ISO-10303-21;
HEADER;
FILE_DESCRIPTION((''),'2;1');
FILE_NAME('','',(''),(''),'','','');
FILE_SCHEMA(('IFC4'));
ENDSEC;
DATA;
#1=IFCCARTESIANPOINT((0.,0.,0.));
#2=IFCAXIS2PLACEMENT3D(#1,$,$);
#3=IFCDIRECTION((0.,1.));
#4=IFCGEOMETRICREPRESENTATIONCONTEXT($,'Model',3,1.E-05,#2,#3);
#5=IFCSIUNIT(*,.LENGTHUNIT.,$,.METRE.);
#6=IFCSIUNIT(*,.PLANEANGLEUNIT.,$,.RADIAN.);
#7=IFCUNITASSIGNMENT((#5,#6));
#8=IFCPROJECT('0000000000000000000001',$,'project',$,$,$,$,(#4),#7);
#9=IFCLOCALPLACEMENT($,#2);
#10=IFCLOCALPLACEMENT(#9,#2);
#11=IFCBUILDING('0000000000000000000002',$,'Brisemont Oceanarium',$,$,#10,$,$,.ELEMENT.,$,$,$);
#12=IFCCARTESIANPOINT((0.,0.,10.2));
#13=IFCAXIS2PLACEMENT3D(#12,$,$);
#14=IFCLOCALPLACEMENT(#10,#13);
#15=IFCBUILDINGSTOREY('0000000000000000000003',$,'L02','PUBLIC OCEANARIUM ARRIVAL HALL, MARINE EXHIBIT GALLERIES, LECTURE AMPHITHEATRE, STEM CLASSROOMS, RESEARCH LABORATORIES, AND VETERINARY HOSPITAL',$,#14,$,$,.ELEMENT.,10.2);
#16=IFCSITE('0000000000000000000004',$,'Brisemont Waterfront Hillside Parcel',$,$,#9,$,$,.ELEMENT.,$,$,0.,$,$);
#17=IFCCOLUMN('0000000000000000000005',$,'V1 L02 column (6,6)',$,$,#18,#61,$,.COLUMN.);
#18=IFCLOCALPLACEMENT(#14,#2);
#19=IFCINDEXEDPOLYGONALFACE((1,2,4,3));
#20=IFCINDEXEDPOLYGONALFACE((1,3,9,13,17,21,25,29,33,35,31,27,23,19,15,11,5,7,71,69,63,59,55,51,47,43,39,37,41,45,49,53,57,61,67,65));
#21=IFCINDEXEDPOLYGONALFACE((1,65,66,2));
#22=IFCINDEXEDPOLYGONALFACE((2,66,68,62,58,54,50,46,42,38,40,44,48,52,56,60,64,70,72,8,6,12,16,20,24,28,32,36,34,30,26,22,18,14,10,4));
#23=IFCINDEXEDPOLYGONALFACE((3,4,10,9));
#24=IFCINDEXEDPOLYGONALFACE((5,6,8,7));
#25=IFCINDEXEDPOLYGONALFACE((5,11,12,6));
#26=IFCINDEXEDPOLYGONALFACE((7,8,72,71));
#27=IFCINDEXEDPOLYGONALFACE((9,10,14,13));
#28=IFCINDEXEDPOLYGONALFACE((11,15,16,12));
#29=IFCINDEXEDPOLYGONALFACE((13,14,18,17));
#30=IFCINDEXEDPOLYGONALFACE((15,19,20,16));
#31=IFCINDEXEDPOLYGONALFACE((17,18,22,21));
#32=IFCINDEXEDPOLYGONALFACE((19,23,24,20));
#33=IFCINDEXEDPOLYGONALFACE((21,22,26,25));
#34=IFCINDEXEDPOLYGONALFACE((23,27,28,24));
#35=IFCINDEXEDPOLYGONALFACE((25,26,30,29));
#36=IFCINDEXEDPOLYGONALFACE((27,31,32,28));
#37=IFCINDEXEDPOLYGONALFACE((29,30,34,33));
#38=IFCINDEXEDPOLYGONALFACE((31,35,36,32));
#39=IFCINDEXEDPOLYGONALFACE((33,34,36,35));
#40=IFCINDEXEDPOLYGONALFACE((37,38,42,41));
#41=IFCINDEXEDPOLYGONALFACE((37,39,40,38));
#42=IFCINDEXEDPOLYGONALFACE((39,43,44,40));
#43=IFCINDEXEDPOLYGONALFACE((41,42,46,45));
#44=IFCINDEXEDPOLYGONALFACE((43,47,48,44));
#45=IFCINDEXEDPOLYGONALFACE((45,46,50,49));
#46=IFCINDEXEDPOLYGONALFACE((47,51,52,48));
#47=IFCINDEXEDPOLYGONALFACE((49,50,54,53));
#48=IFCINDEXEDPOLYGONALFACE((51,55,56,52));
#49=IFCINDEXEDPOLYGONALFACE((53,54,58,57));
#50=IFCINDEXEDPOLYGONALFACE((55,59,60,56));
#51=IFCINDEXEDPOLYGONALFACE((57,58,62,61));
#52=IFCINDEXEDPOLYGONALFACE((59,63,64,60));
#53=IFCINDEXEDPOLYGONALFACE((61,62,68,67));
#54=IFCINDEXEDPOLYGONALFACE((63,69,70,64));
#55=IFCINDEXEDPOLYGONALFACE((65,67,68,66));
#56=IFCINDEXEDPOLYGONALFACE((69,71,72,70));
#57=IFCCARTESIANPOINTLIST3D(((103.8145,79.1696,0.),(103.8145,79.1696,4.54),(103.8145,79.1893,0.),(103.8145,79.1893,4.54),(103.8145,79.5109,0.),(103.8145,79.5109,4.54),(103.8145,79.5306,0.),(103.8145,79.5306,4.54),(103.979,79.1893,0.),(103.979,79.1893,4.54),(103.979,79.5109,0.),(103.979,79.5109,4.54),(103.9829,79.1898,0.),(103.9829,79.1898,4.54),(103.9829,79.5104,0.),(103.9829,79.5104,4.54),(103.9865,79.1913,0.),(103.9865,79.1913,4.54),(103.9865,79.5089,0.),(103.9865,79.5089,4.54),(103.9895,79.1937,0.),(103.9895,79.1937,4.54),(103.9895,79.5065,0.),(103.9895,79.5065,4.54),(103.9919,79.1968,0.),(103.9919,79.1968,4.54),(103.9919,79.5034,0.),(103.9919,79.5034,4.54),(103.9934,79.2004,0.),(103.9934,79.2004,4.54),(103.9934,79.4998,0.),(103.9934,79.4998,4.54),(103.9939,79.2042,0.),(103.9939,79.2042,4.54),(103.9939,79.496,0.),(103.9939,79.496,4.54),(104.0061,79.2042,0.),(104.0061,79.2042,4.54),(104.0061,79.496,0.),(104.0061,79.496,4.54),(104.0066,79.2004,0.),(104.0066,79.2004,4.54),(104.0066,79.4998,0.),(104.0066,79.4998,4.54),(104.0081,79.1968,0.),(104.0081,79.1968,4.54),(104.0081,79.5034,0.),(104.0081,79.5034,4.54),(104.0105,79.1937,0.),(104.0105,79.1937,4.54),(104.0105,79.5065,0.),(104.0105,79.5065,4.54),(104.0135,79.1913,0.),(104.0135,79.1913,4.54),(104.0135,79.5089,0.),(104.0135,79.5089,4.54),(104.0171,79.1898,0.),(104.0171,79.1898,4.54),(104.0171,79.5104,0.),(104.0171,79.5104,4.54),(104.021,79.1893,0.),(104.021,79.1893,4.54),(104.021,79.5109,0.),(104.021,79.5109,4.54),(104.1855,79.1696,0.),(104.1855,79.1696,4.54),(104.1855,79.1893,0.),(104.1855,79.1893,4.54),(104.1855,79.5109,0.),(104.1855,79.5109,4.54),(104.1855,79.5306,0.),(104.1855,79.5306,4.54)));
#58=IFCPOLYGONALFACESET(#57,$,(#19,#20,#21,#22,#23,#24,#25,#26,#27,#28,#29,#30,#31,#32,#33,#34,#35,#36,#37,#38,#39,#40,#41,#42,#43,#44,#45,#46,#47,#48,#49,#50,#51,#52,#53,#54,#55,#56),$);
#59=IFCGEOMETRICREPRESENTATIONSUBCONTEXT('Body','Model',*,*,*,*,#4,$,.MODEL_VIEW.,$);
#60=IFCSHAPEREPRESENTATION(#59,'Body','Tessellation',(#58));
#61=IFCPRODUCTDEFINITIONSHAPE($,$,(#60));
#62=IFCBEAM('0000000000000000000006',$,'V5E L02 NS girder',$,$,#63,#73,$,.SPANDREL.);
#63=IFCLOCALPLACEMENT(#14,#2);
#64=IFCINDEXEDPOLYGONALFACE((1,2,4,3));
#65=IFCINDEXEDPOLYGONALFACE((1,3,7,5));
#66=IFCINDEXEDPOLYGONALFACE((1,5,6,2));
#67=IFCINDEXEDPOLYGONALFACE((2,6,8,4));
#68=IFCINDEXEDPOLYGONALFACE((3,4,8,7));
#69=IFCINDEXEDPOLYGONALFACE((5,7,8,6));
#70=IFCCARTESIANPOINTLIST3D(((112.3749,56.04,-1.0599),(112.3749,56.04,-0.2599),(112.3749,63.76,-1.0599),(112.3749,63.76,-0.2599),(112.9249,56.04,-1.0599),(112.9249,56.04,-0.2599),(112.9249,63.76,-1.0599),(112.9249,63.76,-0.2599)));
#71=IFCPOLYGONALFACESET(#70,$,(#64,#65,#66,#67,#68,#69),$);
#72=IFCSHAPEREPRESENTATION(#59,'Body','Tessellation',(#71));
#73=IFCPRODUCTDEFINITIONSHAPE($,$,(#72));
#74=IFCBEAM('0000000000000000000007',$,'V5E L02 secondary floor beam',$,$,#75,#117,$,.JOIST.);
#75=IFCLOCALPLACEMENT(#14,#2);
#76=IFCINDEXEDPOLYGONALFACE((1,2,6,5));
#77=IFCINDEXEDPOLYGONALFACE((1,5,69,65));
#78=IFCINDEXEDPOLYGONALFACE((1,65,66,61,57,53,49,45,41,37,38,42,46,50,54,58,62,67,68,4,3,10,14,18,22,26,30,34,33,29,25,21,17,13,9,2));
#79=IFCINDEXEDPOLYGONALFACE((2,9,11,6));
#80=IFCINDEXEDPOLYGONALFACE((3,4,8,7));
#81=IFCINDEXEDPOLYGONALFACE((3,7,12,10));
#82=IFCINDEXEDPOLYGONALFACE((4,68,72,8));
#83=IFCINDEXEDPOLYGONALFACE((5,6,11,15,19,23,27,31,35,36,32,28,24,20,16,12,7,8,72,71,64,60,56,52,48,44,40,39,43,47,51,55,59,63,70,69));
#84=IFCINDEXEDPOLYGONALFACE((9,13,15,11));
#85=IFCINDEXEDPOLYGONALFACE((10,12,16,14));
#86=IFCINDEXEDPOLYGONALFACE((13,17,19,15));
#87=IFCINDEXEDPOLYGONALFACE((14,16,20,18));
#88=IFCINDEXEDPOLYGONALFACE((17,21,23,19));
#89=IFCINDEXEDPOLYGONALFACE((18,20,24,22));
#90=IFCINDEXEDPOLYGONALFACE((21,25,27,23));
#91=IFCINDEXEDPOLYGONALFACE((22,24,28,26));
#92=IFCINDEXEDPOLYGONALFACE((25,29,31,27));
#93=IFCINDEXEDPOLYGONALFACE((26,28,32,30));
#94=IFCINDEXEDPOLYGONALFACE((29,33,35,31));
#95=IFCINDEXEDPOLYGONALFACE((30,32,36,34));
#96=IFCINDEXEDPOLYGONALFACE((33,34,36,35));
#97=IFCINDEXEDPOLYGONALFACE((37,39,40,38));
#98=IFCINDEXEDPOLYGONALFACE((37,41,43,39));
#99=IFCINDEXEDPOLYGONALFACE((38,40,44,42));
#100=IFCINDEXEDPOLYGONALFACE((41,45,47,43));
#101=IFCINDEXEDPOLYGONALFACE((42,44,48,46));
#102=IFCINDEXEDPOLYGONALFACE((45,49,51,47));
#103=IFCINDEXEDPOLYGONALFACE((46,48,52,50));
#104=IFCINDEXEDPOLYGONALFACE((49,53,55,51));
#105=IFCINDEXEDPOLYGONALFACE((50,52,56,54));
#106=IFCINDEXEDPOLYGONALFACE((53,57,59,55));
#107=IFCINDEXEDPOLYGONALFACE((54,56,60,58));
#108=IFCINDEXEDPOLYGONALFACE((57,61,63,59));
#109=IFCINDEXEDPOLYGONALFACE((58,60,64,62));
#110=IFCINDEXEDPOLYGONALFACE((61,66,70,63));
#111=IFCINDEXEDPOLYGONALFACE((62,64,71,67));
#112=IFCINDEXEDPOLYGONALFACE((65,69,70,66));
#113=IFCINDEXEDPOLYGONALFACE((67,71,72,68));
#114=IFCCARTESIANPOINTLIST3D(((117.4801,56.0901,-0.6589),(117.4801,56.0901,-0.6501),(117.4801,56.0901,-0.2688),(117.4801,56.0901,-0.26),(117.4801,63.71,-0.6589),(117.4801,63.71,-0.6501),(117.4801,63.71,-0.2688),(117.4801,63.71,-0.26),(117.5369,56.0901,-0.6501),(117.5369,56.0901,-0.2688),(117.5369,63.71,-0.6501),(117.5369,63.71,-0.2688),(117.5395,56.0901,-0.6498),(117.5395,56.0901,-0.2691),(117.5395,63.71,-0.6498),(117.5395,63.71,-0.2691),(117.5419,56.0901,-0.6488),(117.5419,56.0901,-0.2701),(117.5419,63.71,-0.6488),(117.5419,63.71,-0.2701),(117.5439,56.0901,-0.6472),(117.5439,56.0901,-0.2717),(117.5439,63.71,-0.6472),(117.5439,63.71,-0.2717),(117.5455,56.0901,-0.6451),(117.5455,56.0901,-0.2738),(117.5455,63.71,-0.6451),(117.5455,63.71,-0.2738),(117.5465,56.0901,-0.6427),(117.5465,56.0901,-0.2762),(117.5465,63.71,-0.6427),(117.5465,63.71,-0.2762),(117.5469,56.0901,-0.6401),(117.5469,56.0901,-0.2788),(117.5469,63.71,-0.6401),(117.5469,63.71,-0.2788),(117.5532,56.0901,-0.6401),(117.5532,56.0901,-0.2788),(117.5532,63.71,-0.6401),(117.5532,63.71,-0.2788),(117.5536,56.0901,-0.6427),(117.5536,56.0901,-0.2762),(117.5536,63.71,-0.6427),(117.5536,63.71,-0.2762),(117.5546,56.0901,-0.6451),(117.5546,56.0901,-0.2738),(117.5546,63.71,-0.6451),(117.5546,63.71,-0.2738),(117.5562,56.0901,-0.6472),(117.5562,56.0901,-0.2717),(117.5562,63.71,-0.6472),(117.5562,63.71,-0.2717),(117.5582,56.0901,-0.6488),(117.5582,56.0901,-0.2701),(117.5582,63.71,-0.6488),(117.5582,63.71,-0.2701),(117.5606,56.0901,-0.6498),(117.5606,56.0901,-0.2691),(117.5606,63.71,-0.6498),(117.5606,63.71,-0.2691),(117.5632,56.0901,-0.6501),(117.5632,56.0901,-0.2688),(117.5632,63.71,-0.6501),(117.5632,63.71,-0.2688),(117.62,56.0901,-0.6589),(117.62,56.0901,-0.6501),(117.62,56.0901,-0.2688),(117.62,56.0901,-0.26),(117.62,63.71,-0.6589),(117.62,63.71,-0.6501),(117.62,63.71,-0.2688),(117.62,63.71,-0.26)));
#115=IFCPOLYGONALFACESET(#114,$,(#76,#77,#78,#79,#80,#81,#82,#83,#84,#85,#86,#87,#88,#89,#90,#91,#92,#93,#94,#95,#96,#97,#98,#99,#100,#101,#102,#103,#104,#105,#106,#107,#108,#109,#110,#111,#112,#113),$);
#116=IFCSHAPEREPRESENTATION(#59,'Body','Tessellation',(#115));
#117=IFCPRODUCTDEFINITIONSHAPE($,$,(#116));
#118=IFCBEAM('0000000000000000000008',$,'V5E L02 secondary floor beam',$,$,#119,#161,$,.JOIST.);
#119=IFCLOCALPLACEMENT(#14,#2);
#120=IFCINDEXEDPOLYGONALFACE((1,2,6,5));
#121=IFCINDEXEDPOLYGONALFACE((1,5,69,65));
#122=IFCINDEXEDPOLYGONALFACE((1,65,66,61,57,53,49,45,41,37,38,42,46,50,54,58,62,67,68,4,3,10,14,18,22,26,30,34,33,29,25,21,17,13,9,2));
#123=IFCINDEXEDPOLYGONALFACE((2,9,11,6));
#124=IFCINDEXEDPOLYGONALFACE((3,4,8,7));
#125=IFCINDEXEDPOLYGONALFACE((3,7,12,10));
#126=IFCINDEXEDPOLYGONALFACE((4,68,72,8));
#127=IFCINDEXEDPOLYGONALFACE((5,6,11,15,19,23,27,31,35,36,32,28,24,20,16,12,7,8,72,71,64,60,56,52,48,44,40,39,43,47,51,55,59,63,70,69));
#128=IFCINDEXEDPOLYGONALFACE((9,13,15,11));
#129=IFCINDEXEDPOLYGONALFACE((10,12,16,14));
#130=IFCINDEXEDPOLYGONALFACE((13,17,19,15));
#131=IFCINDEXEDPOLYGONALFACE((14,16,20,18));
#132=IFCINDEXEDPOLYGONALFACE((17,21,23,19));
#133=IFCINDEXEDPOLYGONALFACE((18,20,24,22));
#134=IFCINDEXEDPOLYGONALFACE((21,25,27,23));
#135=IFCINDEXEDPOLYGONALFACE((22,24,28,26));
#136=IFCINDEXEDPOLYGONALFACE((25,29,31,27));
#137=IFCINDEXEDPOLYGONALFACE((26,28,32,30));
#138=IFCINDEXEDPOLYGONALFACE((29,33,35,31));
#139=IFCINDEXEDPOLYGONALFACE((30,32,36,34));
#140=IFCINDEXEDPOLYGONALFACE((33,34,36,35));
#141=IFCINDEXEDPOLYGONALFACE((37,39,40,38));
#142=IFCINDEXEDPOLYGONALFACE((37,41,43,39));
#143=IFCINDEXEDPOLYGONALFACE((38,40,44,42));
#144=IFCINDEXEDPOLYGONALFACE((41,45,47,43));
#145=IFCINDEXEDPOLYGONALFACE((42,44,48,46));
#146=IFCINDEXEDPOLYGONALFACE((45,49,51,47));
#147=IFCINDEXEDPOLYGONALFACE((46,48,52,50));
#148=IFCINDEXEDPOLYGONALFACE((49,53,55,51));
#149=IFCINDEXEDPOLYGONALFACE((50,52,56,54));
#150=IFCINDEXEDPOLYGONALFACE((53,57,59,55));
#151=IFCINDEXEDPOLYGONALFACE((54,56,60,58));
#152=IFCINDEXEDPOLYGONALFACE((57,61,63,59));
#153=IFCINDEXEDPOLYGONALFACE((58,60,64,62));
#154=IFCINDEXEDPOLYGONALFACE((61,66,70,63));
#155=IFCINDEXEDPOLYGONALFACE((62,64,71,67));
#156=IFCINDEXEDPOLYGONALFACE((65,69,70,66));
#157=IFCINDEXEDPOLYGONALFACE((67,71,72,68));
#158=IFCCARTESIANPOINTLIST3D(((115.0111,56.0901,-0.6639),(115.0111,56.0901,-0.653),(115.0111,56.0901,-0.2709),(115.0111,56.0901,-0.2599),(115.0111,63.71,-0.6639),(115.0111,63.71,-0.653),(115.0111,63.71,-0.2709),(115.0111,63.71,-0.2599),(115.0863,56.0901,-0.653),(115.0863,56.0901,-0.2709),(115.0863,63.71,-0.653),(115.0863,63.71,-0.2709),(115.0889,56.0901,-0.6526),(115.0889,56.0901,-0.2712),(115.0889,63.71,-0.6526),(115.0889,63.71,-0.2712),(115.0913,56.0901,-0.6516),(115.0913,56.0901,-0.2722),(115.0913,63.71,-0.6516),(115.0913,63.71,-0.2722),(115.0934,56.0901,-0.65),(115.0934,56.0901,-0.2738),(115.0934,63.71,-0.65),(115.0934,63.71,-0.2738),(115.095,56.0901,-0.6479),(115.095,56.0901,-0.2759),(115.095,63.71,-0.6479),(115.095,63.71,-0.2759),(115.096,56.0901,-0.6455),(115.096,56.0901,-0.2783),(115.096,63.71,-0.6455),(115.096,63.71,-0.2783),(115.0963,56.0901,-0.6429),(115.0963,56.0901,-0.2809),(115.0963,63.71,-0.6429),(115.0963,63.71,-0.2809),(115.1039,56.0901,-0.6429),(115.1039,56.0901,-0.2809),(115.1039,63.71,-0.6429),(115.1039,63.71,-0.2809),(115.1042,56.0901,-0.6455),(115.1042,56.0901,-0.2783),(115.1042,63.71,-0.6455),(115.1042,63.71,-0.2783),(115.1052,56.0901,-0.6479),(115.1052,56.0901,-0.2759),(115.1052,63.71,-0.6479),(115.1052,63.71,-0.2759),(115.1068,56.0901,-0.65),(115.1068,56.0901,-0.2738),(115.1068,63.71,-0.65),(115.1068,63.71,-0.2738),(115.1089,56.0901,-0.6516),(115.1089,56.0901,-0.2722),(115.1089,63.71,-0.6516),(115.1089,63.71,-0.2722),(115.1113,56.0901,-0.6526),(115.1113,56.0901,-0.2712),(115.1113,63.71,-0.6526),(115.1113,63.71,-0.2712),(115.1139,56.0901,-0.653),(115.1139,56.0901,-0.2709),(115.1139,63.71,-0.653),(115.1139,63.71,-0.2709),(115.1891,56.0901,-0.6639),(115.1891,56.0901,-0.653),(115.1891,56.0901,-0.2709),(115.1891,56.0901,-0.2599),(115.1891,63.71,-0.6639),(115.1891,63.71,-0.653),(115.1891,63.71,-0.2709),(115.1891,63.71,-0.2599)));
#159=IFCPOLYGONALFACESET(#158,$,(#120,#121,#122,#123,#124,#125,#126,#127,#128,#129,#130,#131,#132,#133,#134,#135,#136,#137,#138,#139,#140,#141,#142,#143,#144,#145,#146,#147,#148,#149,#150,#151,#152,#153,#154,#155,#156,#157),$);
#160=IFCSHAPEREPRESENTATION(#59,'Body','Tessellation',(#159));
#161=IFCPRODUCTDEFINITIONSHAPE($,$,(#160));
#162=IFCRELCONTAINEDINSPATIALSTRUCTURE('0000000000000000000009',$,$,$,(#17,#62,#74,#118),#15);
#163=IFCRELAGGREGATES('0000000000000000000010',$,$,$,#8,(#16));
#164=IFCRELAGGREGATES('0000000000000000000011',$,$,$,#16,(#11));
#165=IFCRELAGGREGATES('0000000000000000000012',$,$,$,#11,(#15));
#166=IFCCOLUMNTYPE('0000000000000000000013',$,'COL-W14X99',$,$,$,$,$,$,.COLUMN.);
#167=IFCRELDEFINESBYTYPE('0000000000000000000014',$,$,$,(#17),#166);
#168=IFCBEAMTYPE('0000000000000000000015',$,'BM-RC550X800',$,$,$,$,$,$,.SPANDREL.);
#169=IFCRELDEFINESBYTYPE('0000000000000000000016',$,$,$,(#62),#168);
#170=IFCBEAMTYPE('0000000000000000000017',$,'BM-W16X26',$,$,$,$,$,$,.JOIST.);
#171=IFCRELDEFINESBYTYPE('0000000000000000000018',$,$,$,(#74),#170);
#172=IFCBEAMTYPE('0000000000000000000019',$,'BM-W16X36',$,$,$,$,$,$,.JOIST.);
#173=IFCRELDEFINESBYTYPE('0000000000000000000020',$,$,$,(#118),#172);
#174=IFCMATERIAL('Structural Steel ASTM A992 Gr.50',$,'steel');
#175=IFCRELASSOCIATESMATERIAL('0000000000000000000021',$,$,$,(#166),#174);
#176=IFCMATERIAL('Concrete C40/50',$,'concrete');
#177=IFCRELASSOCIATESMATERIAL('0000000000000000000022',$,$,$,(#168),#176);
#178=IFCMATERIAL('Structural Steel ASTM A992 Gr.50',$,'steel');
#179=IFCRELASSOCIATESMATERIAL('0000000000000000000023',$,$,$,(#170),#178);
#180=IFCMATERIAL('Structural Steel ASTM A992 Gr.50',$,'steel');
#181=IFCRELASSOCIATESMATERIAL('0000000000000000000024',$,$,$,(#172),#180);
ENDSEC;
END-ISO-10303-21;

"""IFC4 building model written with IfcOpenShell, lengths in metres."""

from ifc_helpers import new_model, si_unit, direction, frame, origin, origin_2d, place, context, subcontext, project, spatial, rectangle, i_section, extrude, material, material_profile, profile_set, type_object, element, save


model = new_model("IFC4")

# Units and contexts
model_context = context("Model", 3, precision=1e-05, world=origin(), true_north=direction((0.0, 1.0)))
body_context = subcontext(model_context, "Body", "Model", "MODEL_VIEW")
ifc_project = project(units=[si_unit("LENGTHUNIT", "METRE"), si_unit("PLANEANGLEUNIT", "RADIAN")], contexts=[model_context])

# Site, building, storey
site_placement = place(None, origin())
site = spatial("IfcSite", under=ifc_project, at=site_placement, Name="Brisemont Waterfront Hillside Parcel", CompositionType="ELEMENT", RefElevation=0.0)
building_placement = place(site_placement, origin())
building = spatial("IfcBuilding", under=site, at=building_placement, Name="Brisemont Oceanarium", CompositionType="ELEMENT")
storey_placement = place(building_placement, frame((0.0, 0.0, 10.2)))
storey = spatial("IfcBuildingStorey", under=building, at=storey_placement, Name="L02", Description="PUBLIC OCEANARIUM ARRIVAL HALL, MARINE EXHIBIT GALLERIES, LECTURE AMPHITHEATRE, STEM CLASSROOMS, RESEARCH LABORATORIES, AND VETERINARY HOSPITAL", CompositionType="ELEMENT", Elevation=10.2)

# Column
ifc_material_1 = material(Name="Structural Steel ASTM A992 Gr.50", Category="steel")
ifc_material_profile_1 = material_profile(ifc_material_1, i_section(OverallWidth=0.3711, OverallDepth=0.3611, WebThickness=0.0122, FlangeThickness=0.0198, FilletRadius=0.0149, at=origin_2d()), Name="W14X99")
ifc_profile_set_1 = profile_set([ifc_material_profile_1], Name="Structural Steel ASTM A992 Gr.50")
column_type_1 = type_object("IfcColumnType", Name="COL-W14X99", PredefinedType="COLUMN", material=ifc_profile_set_1)
column_1_placement = place(storey_placement, frame((104.0, 79.3501, 0.0), z_axis=(0.0, 0.0, 1.0), x_axis=(1.0, 0.0, 0.0)))
element("IfcColumn", 1, at=column_1_placement, inside=storey, type_object=column_type_1, Name="V1 L02 column (6,6)", PredefinedType="COLUMN", context=body_context, shape_type="SweptSolid", body=[
    extrude(i_section(OverallWidth=0.3711, OverallDepth=0.3611, WebThickness=0.0122, FlangeThickness=0.0198, FilletRadius=0.0149, at=origin_2d()), origin(), (0.0, 0.0, 1.0), 4.54),
])

# Beams
ifc_material_2 = material(Name="Concrete C40/50", Category="concrete")
ifc_material_profile_2 = material_profile(ifc_material_2, rectangle(XDim=0.55, YDim=0.8, at=origin_2d()), Name="RC-BM-550X800")
ifc_profile_set_2 = profile_set([ifc_material_profile_2], Name="Concrete C40/50")
beam_type_1 = type_object("IfcBeamType", Name="BM-RC550X800", PredefinedType="SPANDREL", material=ifc_profile_set_2)
beam_1_placement = place(storey_placement, frame((112.6499, 56.04, -0.6599), z_axis=(0.0, 1.0, 0.0), x_axis=(-1.0, 0.0, 0.0)))
element("IfcBeam", 2, at=beam_1_placement, inside=storey, type_object=beam_type_1, Name="V5E L02 NS girder", PredefinedType="SPANDREL", context=body_context, shape_type="SweptSolid", body=[
    extrude(rectangle(XDim=0.55, YDim=0.8, at=origin_2d()), origin(), (0.0, 0.0, 1.0), 7.72),
])
ifc_material_3 = material(Name="Structural Steel ASTM A992 Gr.50", Category="steel")
ifc_material_profile_3 = material_profile(ifc_material_3, i_section(OverallWidth=0.1399, OverallDepth=0.3989, WebThickness=0.0063, FlangeThickness=0.0088, FilletRadius=0.01, at=origin_2d()), Name="W16X26")
ifc_profile_set_3 = profile_set([ifc_material_profile_3], Name="Structural Steel ASTM A992 Gr.50")
beam_type_2 = type_object("IfcBeamType", Name="BM-W16X26", PredefinedType="JOIST", material=ifc_profile_set_3)
beam_2_placement = place(storey_placement, frame((117.55, 56.0901, -0.4595), z_axis=(0.0, 1.0, 0.0), x_axis=(-1.0, 0.0, 0.0)))
element("IfcBeam", 3, at=beam_2_placement, inside=storey, type_object=beam_type_2, Name="V5E L02 secondary floor beam", PredefinedType="JOIST", context=body_context, shape_type="SweptSolid", body=[
    extrude(i_section(OverallWidth=0.1399, OverallDepth=0.3989, WebThickness=0.0063, FlangeThickness=0.0088, FilletRadius=0.01, at=origin_2d()), origin(), (0.0, 0.0, 1.0), 7.6199),
])
ifc_material_4 = material(Name="Structural Steel ASTM A992 Gr.50", Category="steel")
ifc_material_profile_4 = material_profile(ifc_material_4, i_section(OverallWidth=0.178, OverallDepth=0.4041, WebThickness=0.0076, FlangeThickness=0.011, FilletRadius=0.01, at=origin_2d()), Name="W16X36")
ifc_profile_set_4 = profile_set([ifc_material_profile_4], Name="Structural Steel ASTM A992 Gr.50")
beam_type_3 = type_object("IfcBeamType", Name="BM-W16X36", PredefinedType="JOIST", material=ifc_profile_set_4)
beam_3_placement = place(storey_placement, frame((115.1001, 56.0901, -0.4619), z_axis=(0.0, 1.0, 0.0), x_axis=(-1.0, 0.0, 0.0)))
element("IfcBeam", 4, at=beam_3_placement, inside=storey, type_object=beam_type_3, Name="V5E L02 secondary floor beam", PredefinedType="JOIST", context=body_context, shape_type="SweptSolid", body=[
    extrude(i_section(OverallWidth=0.178, OverallDepth=0.4041, WebThickness=0.0076, FlangeThickness=0.011, FilletRadius=0.01, at=origin_2d()), origin(), (0.0, 0.0, 1.0), 7.6199),
])

save(model, "model.ifc")
